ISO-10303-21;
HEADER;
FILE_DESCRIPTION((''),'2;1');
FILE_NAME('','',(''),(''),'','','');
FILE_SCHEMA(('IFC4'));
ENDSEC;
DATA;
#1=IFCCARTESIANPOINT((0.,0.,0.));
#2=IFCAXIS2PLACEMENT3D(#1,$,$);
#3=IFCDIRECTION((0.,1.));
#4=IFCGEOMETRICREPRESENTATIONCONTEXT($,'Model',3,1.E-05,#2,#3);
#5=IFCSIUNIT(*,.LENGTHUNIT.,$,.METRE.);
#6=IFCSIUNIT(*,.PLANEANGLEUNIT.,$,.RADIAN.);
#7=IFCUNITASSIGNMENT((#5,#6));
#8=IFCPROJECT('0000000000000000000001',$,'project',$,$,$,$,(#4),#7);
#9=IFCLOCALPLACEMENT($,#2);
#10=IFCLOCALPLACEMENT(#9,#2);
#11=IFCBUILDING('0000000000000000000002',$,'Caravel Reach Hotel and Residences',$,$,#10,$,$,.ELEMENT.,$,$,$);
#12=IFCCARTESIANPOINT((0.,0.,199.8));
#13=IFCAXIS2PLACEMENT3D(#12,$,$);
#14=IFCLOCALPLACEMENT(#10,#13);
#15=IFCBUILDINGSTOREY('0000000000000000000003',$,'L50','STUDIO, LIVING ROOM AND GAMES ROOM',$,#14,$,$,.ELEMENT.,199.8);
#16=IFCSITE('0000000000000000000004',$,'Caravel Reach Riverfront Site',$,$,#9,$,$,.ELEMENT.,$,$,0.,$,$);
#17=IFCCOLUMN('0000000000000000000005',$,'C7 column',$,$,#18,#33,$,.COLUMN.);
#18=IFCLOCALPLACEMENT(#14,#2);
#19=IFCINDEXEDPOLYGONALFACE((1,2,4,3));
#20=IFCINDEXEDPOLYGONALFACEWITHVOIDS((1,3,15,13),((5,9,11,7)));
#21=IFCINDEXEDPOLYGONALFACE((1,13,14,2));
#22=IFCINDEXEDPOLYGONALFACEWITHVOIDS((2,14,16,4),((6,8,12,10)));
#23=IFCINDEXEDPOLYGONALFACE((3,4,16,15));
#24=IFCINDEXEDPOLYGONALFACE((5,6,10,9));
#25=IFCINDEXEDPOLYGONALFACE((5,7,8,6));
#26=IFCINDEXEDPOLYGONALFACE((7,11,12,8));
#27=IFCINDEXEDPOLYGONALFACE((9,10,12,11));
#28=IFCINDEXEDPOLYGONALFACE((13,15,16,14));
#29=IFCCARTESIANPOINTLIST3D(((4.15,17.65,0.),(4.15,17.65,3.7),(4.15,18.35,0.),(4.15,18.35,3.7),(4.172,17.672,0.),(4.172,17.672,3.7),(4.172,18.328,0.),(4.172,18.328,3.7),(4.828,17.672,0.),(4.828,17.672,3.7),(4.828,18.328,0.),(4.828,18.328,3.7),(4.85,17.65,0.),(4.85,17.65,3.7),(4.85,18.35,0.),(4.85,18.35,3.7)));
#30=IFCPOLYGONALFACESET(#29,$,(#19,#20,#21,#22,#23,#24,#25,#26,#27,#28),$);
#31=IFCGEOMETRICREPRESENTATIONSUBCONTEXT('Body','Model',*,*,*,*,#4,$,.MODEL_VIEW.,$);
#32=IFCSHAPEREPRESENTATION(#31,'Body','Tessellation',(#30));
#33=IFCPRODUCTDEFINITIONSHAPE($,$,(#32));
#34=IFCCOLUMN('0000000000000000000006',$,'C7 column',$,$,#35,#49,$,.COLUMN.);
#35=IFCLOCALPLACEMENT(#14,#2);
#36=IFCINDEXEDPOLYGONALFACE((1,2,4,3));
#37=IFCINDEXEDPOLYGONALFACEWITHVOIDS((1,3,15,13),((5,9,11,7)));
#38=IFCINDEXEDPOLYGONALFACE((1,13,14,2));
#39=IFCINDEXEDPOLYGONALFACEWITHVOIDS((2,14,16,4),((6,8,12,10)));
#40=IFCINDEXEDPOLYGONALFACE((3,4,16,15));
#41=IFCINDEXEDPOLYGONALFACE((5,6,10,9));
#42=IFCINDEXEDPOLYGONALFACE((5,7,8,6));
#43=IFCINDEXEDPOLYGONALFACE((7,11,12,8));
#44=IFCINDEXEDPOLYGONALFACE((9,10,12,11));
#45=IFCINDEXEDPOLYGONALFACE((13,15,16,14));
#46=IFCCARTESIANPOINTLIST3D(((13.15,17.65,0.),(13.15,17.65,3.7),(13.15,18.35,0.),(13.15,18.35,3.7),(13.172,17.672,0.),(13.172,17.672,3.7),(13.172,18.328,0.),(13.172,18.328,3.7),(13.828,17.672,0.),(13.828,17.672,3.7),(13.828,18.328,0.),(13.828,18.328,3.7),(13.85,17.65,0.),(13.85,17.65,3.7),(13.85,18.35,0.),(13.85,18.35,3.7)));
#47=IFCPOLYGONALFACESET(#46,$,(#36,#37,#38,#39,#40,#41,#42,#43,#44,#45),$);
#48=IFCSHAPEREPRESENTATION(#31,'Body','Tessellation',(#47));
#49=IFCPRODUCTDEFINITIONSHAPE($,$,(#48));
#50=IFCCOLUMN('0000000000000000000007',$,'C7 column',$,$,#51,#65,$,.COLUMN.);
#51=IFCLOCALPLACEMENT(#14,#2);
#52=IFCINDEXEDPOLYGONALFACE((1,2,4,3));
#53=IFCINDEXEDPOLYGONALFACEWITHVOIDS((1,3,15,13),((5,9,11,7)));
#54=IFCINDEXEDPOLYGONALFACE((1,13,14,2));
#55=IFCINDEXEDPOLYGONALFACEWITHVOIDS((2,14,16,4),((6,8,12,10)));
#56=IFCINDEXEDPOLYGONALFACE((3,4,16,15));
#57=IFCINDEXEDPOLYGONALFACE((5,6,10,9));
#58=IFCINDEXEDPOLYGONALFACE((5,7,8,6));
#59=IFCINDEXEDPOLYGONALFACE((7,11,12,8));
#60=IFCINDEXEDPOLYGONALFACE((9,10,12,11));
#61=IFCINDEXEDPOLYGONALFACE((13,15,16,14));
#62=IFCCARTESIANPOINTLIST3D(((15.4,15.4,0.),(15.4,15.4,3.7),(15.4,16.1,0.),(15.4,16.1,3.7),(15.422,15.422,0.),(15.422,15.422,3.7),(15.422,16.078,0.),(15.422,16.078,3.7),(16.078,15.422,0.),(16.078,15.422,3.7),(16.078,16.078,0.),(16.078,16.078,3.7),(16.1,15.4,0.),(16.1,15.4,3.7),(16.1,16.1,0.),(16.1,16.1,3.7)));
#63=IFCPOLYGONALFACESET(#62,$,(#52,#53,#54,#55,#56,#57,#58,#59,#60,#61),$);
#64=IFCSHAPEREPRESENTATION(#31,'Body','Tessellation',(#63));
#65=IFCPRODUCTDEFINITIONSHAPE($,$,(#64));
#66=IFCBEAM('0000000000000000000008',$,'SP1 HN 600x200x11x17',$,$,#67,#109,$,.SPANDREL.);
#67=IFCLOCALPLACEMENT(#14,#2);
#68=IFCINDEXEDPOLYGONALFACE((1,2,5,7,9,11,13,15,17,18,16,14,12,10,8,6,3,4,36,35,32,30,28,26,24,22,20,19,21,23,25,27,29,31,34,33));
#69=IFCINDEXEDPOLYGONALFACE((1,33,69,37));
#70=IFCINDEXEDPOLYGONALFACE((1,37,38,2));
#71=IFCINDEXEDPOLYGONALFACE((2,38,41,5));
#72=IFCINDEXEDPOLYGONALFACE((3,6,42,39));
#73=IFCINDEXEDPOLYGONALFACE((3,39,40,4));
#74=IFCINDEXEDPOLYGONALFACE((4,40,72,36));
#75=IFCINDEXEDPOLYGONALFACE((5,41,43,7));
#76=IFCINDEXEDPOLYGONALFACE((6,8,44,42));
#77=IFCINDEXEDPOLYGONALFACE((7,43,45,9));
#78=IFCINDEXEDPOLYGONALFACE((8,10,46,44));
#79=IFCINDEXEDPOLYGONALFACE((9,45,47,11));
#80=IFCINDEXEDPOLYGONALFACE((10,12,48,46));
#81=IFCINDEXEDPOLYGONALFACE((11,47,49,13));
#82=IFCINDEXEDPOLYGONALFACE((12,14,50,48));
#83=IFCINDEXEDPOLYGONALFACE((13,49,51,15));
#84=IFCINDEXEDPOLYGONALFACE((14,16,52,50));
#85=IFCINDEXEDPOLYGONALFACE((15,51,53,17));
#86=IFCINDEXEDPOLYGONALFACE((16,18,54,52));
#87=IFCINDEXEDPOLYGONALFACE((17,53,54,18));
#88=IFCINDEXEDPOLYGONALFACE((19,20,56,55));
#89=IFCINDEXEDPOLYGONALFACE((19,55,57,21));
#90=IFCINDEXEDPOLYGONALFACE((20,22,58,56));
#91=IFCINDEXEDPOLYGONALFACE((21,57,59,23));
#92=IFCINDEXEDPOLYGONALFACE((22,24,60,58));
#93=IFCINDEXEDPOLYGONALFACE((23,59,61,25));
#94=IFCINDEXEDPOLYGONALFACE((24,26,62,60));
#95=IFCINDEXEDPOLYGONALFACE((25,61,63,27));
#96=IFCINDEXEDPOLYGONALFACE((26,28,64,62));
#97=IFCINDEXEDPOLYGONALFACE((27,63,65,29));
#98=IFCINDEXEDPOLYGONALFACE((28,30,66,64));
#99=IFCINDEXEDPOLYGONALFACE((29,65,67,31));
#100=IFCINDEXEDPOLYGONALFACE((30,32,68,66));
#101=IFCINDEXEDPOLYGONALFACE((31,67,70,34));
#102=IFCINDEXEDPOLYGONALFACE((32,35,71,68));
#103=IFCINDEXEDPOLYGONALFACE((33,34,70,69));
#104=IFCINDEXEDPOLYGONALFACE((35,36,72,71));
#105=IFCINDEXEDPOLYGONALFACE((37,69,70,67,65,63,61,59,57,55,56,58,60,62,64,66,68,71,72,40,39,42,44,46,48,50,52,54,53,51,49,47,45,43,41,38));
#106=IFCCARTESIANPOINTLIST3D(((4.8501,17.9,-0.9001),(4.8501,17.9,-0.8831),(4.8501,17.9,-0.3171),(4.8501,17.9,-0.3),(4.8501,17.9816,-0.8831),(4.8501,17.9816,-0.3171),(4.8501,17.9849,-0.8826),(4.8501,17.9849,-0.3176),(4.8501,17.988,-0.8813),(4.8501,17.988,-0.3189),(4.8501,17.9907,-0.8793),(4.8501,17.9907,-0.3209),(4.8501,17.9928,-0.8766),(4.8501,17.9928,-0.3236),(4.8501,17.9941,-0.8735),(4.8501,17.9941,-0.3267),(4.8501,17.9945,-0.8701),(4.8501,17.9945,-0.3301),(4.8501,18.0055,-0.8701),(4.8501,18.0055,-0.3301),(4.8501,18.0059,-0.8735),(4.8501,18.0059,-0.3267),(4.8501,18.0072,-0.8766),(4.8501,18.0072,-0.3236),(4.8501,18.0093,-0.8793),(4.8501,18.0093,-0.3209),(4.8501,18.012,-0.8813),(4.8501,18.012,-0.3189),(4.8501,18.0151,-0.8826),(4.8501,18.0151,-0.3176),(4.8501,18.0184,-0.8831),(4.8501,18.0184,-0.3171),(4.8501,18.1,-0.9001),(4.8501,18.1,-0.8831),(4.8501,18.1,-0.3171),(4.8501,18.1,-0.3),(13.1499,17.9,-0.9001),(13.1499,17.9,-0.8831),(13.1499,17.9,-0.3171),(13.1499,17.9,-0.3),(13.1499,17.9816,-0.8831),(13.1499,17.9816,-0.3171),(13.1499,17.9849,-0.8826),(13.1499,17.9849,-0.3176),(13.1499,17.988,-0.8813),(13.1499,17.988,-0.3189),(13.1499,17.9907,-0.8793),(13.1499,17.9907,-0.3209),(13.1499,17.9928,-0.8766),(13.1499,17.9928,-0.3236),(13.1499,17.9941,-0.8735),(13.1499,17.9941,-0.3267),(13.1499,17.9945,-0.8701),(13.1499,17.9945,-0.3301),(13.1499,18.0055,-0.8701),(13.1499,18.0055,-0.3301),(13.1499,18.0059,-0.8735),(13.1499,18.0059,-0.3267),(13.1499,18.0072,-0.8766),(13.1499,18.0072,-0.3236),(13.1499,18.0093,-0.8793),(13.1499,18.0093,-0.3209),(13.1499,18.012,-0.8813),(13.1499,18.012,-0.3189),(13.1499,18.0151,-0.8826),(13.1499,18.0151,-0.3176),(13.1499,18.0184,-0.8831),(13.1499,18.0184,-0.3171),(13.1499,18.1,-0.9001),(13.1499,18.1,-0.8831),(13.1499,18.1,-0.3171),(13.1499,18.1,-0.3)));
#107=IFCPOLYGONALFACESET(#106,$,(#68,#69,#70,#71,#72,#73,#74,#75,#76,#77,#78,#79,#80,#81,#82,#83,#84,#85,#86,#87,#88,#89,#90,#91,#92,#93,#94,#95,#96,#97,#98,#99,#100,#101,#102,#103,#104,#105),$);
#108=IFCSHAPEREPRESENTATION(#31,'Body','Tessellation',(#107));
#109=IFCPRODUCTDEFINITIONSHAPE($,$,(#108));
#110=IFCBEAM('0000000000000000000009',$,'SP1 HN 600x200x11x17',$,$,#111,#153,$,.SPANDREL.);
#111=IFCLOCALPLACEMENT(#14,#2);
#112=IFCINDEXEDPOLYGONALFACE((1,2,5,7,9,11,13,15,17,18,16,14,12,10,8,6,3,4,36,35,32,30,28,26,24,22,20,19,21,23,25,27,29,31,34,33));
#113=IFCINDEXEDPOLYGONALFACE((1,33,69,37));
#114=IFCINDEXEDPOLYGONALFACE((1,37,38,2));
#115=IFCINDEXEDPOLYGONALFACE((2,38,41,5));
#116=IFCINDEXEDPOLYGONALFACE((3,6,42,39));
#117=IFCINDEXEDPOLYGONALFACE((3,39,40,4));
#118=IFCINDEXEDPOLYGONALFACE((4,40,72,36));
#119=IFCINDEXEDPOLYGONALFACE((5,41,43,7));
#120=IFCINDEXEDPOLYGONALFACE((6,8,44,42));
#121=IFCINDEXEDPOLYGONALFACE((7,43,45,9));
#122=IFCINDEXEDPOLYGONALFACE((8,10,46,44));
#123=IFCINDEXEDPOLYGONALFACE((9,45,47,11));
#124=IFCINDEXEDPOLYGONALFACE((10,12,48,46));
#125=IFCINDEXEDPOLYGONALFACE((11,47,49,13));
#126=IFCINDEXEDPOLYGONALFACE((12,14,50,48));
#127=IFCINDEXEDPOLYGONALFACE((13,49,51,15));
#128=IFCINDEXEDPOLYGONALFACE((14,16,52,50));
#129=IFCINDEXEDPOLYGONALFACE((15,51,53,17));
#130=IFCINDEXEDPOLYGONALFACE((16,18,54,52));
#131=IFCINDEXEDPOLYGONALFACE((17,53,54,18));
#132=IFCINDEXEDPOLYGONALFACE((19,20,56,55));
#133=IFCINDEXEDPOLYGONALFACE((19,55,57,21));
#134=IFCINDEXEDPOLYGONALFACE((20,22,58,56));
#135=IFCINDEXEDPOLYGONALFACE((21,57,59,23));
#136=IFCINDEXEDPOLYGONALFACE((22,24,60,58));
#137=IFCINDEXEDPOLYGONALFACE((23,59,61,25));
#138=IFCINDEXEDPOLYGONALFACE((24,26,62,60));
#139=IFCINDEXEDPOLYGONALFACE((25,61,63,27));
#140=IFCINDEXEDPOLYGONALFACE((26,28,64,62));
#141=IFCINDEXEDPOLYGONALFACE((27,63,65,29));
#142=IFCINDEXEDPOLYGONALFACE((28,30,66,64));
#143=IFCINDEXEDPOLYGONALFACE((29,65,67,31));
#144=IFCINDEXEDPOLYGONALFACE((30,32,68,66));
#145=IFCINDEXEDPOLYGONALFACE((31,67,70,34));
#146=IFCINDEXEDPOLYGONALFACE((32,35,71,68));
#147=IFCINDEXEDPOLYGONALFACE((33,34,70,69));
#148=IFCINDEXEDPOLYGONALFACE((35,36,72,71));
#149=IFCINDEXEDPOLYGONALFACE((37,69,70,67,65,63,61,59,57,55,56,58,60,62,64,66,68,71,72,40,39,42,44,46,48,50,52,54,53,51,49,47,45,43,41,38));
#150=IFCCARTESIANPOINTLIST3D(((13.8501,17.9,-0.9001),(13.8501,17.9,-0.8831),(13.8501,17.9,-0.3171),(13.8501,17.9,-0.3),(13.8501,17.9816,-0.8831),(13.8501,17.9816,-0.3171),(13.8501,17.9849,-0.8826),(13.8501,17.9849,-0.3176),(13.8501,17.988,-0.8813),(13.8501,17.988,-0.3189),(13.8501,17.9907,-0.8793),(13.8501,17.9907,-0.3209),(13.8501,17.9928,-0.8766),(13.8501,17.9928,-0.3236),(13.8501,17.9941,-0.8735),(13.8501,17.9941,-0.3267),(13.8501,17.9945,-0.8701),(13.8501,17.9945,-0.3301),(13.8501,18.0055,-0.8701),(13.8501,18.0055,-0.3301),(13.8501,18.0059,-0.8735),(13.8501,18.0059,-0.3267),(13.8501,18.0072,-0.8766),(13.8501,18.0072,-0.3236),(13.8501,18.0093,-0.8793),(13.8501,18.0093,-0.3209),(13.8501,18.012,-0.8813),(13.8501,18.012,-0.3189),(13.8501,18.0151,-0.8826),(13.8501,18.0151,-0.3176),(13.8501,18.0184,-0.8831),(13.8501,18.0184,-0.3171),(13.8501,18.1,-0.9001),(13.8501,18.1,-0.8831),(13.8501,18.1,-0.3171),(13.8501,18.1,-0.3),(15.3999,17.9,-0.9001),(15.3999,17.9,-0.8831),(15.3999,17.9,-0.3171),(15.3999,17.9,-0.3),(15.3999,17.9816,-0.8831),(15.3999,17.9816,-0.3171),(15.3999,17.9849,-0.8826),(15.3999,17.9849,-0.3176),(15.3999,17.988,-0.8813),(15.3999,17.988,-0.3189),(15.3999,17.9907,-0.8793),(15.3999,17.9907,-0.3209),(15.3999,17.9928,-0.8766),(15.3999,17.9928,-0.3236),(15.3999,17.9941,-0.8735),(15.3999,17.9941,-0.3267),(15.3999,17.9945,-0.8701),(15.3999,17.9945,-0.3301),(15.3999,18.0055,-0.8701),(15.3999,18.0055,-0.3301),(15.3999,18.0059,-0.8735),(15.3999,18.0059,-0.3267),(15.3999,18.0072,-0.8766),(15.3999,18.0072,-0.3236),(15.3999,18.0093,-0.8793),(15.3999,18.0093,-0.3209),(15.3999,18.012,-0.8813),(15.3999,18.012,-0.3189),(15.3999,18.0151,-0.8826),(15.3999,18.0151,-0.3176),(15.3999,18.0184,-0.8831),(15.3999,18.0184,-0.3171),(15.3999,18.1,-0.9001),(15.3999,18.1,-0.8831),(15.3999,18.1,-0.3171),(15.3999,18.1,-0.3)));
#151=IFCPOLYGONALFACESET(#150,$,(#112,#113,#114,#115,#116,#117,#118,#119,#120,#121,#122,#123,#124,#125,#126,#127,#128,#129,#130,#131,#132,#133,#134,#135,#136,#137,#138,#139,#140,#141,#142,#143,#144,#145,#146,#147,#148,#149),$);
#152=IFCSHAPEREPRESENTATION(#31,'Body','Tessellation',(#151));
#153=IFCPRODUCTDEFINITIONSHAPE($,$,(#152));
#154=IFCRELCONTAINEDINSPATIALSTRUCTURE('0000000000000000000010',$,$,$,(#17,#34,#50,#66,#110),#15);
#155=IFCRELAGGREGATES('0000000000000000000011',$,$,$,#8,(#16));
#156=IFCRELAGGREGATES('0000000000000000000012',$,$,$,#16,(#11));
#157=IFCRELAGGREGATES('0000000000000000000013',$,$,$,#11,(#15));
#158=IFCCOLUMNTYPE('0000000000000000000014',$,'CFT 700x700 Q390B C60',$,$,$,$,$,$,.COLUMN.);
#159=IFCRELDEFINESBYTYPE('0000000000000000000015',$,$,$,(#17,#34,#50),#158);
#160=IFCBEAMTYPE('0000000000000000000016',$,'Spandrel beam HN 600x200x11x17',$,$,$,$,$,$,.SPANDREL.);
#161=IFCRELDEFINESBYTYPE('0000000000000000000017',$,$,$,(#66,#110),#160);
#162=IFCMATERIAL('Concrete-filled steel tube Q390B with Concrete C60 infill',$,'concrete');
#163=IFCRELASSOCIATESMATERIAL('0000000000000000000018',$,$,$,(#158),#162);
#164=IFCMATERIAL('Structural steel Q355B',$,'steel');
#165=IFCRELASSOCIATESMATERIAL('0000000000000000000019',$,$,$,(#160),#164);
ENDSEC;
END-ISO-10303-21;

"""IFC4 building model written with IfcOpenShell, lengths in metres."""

from ifc_helpers import new_model, si_unit, direction, frame, origin, origin_2d, place, context, subcontext, project, spatial, hollow_rectangle, i_section, extrude, material, material_profile, profile_set, type_object, element, save


model = new_model("IFC4")

# Units and contexts
model_context = context("Model", 3, precision=1e-05, world=origin(), true_north=direction((0.0, 1.0)))
body_context = subcontext(model_context, "Body", "Model", "MODEL_VIEW")
ifc_project = project(units=[si_unit("LENGTHUNIT", "METRE"), si_unit("PLANEANGLEUNIT", "RADIAN")], contexts=[model_context])

# Site, building, storey
site_placement = place(None, origin())
site = spatial("IfcSite", under=ifc_project, at=site_placement, Name="Caravel Reach Riverfront Site", CompositionType="ELEMENT", RefElevation=0.0)
building_placement = place(site_placement, origin())
building = spatial("IfcBuilding", under=site, at=building_placement, Name="Caravel Reach Hotel and Residences", CompositionType="ELEMENT")
storey_placement = place(building_placement, frame((0.0, 0.0, 199.8)))
storey = spatial("IfcBuildingStorey", under=building, at=storey_placement, Name="L50", Description="STUDIO, LIVING ROOM AND GAMES ROOM", CompositionType="ELEMENT", Elevation=199.8)

# Columns
ifc_material_1 = material(Name="Concrete-filled steel tube Q390B with Concrete C60 infill", Category="concrete")
ifc_material_profile_1 = material_profile(ifc_material_1, hollow_rectangle(XDim=0.7, YDim=0.7, WallThickness=0.022, at=origin_2d()), Name="RHS 700x700x22")
ifc_profile_set_1 = profile_set([ifc_material_profile_1], Name="Concrete-filled steel tube Q390B with Concrete C60 infill")
column_type = type_object("IfcColumnType", Name="CFT 700x700 Q390B C60", PredefinedType="COLUMN", material=ifc_profile_set_1)
for number, where, z_axis, x_axis, name in (
    (1, (4.5, 18.0, 0.0), (0.0, 0.0, 1.0), (1.0, 0.0, 0.0), "C7 column"),
    (2, (13.5, 18.0, 0.0), (0.0, 0.0, 1.0), (1.0, 0.0, 0.0), "C7 column"),
    (3, (15.75, 15.75, 0.0), (0.0, 0.0, 1.0), (1.0, 0.0, 0.0), "C7 column"),
):
    element("IfcColumn", number, at=place(storey_placement, frame(where, z_axis=z_axis, x_axis=x_axis)), inside=storey, type_object=column_type, Name=name, PredefinedType="COLUMN", context=body_context, shape_type="SweptSolid", body=[
        extrude(hollow_rectangle(XDim=0.7, YDim=0.7, WallThickness=0.022, at=origin_2d()), origin(), (0.0, 0.0, 1.0), 3.7),
    ])

# Beams
ifc_material_2 = material(Name="Structural steel Q355B", Category="steel")
ifc_material_profile_2 = material_profile(ifc_material_2, i_section(OverallWidth=0.2, OverallDepth=0.6001, WebThickness=0.011, FlangeThickness=0.0171, FilletRadius=0.0129, at=origin_2d()), Name="HN 600x200x11x17")
ifc_profile_set_2 = profile_set([ifc_material_profile_2], Name="Structural steel Q355B")
beam_type = type_object("IfcBeamType", Name="Spandrel beam HN 600x200x11x17", PredefinedType="SPANDREL", material=ifc_profile_set_2)
beam_1_placement = place(storey_placement, frame((4.8501, 18.0, -0.6001), z_axis=(1.0, 0.0, 0.0), x_axis=(0.0, 1.0, 0.0)))
element("IfcBeam", 4, at=beam_1_placement, inside=storey, type_object=beam_type, Name="SP1 HN 600x200x11x17", PredefinedType="SPANDREL", context=body_context, shape_type="SweptSolid", body=[
    extrude(i_section(OverallWidth=0.2, OverallDepth=0.6001, WebThickness=0.011, FlangeThickness=0.0171, FilletRadius=0.0129, at=origin_2d()), origin(), (0.0, 0.0, 1.0), 8.2998),
])
beam_2_placement = place(storey_placement, frame((13.8501, 18.0, -0.6001), z_axis=(1.0, 0.0, 0.0), x_axis=(0.0, 1.0, 0.0)))
element("IfcBeam", 5, at=beam_2_placement, inside=storey, type_object=beam_type, Name="SP1 HN 600x200x11x17", PredefinedType="SPANDREL", context=body_context, shape_type="SweptSolid", body=[
    extrude(i_section(OverallWidth=0.2, OverallDepth=0.6001, WebThickness=0.011, FlangeThickness=0.0171, FilletRadius=0.0129, at=origin_2d()), origin(), (0.0, 0.0, 1.0), 1.5498),
])

save(model, "model.ifc")
